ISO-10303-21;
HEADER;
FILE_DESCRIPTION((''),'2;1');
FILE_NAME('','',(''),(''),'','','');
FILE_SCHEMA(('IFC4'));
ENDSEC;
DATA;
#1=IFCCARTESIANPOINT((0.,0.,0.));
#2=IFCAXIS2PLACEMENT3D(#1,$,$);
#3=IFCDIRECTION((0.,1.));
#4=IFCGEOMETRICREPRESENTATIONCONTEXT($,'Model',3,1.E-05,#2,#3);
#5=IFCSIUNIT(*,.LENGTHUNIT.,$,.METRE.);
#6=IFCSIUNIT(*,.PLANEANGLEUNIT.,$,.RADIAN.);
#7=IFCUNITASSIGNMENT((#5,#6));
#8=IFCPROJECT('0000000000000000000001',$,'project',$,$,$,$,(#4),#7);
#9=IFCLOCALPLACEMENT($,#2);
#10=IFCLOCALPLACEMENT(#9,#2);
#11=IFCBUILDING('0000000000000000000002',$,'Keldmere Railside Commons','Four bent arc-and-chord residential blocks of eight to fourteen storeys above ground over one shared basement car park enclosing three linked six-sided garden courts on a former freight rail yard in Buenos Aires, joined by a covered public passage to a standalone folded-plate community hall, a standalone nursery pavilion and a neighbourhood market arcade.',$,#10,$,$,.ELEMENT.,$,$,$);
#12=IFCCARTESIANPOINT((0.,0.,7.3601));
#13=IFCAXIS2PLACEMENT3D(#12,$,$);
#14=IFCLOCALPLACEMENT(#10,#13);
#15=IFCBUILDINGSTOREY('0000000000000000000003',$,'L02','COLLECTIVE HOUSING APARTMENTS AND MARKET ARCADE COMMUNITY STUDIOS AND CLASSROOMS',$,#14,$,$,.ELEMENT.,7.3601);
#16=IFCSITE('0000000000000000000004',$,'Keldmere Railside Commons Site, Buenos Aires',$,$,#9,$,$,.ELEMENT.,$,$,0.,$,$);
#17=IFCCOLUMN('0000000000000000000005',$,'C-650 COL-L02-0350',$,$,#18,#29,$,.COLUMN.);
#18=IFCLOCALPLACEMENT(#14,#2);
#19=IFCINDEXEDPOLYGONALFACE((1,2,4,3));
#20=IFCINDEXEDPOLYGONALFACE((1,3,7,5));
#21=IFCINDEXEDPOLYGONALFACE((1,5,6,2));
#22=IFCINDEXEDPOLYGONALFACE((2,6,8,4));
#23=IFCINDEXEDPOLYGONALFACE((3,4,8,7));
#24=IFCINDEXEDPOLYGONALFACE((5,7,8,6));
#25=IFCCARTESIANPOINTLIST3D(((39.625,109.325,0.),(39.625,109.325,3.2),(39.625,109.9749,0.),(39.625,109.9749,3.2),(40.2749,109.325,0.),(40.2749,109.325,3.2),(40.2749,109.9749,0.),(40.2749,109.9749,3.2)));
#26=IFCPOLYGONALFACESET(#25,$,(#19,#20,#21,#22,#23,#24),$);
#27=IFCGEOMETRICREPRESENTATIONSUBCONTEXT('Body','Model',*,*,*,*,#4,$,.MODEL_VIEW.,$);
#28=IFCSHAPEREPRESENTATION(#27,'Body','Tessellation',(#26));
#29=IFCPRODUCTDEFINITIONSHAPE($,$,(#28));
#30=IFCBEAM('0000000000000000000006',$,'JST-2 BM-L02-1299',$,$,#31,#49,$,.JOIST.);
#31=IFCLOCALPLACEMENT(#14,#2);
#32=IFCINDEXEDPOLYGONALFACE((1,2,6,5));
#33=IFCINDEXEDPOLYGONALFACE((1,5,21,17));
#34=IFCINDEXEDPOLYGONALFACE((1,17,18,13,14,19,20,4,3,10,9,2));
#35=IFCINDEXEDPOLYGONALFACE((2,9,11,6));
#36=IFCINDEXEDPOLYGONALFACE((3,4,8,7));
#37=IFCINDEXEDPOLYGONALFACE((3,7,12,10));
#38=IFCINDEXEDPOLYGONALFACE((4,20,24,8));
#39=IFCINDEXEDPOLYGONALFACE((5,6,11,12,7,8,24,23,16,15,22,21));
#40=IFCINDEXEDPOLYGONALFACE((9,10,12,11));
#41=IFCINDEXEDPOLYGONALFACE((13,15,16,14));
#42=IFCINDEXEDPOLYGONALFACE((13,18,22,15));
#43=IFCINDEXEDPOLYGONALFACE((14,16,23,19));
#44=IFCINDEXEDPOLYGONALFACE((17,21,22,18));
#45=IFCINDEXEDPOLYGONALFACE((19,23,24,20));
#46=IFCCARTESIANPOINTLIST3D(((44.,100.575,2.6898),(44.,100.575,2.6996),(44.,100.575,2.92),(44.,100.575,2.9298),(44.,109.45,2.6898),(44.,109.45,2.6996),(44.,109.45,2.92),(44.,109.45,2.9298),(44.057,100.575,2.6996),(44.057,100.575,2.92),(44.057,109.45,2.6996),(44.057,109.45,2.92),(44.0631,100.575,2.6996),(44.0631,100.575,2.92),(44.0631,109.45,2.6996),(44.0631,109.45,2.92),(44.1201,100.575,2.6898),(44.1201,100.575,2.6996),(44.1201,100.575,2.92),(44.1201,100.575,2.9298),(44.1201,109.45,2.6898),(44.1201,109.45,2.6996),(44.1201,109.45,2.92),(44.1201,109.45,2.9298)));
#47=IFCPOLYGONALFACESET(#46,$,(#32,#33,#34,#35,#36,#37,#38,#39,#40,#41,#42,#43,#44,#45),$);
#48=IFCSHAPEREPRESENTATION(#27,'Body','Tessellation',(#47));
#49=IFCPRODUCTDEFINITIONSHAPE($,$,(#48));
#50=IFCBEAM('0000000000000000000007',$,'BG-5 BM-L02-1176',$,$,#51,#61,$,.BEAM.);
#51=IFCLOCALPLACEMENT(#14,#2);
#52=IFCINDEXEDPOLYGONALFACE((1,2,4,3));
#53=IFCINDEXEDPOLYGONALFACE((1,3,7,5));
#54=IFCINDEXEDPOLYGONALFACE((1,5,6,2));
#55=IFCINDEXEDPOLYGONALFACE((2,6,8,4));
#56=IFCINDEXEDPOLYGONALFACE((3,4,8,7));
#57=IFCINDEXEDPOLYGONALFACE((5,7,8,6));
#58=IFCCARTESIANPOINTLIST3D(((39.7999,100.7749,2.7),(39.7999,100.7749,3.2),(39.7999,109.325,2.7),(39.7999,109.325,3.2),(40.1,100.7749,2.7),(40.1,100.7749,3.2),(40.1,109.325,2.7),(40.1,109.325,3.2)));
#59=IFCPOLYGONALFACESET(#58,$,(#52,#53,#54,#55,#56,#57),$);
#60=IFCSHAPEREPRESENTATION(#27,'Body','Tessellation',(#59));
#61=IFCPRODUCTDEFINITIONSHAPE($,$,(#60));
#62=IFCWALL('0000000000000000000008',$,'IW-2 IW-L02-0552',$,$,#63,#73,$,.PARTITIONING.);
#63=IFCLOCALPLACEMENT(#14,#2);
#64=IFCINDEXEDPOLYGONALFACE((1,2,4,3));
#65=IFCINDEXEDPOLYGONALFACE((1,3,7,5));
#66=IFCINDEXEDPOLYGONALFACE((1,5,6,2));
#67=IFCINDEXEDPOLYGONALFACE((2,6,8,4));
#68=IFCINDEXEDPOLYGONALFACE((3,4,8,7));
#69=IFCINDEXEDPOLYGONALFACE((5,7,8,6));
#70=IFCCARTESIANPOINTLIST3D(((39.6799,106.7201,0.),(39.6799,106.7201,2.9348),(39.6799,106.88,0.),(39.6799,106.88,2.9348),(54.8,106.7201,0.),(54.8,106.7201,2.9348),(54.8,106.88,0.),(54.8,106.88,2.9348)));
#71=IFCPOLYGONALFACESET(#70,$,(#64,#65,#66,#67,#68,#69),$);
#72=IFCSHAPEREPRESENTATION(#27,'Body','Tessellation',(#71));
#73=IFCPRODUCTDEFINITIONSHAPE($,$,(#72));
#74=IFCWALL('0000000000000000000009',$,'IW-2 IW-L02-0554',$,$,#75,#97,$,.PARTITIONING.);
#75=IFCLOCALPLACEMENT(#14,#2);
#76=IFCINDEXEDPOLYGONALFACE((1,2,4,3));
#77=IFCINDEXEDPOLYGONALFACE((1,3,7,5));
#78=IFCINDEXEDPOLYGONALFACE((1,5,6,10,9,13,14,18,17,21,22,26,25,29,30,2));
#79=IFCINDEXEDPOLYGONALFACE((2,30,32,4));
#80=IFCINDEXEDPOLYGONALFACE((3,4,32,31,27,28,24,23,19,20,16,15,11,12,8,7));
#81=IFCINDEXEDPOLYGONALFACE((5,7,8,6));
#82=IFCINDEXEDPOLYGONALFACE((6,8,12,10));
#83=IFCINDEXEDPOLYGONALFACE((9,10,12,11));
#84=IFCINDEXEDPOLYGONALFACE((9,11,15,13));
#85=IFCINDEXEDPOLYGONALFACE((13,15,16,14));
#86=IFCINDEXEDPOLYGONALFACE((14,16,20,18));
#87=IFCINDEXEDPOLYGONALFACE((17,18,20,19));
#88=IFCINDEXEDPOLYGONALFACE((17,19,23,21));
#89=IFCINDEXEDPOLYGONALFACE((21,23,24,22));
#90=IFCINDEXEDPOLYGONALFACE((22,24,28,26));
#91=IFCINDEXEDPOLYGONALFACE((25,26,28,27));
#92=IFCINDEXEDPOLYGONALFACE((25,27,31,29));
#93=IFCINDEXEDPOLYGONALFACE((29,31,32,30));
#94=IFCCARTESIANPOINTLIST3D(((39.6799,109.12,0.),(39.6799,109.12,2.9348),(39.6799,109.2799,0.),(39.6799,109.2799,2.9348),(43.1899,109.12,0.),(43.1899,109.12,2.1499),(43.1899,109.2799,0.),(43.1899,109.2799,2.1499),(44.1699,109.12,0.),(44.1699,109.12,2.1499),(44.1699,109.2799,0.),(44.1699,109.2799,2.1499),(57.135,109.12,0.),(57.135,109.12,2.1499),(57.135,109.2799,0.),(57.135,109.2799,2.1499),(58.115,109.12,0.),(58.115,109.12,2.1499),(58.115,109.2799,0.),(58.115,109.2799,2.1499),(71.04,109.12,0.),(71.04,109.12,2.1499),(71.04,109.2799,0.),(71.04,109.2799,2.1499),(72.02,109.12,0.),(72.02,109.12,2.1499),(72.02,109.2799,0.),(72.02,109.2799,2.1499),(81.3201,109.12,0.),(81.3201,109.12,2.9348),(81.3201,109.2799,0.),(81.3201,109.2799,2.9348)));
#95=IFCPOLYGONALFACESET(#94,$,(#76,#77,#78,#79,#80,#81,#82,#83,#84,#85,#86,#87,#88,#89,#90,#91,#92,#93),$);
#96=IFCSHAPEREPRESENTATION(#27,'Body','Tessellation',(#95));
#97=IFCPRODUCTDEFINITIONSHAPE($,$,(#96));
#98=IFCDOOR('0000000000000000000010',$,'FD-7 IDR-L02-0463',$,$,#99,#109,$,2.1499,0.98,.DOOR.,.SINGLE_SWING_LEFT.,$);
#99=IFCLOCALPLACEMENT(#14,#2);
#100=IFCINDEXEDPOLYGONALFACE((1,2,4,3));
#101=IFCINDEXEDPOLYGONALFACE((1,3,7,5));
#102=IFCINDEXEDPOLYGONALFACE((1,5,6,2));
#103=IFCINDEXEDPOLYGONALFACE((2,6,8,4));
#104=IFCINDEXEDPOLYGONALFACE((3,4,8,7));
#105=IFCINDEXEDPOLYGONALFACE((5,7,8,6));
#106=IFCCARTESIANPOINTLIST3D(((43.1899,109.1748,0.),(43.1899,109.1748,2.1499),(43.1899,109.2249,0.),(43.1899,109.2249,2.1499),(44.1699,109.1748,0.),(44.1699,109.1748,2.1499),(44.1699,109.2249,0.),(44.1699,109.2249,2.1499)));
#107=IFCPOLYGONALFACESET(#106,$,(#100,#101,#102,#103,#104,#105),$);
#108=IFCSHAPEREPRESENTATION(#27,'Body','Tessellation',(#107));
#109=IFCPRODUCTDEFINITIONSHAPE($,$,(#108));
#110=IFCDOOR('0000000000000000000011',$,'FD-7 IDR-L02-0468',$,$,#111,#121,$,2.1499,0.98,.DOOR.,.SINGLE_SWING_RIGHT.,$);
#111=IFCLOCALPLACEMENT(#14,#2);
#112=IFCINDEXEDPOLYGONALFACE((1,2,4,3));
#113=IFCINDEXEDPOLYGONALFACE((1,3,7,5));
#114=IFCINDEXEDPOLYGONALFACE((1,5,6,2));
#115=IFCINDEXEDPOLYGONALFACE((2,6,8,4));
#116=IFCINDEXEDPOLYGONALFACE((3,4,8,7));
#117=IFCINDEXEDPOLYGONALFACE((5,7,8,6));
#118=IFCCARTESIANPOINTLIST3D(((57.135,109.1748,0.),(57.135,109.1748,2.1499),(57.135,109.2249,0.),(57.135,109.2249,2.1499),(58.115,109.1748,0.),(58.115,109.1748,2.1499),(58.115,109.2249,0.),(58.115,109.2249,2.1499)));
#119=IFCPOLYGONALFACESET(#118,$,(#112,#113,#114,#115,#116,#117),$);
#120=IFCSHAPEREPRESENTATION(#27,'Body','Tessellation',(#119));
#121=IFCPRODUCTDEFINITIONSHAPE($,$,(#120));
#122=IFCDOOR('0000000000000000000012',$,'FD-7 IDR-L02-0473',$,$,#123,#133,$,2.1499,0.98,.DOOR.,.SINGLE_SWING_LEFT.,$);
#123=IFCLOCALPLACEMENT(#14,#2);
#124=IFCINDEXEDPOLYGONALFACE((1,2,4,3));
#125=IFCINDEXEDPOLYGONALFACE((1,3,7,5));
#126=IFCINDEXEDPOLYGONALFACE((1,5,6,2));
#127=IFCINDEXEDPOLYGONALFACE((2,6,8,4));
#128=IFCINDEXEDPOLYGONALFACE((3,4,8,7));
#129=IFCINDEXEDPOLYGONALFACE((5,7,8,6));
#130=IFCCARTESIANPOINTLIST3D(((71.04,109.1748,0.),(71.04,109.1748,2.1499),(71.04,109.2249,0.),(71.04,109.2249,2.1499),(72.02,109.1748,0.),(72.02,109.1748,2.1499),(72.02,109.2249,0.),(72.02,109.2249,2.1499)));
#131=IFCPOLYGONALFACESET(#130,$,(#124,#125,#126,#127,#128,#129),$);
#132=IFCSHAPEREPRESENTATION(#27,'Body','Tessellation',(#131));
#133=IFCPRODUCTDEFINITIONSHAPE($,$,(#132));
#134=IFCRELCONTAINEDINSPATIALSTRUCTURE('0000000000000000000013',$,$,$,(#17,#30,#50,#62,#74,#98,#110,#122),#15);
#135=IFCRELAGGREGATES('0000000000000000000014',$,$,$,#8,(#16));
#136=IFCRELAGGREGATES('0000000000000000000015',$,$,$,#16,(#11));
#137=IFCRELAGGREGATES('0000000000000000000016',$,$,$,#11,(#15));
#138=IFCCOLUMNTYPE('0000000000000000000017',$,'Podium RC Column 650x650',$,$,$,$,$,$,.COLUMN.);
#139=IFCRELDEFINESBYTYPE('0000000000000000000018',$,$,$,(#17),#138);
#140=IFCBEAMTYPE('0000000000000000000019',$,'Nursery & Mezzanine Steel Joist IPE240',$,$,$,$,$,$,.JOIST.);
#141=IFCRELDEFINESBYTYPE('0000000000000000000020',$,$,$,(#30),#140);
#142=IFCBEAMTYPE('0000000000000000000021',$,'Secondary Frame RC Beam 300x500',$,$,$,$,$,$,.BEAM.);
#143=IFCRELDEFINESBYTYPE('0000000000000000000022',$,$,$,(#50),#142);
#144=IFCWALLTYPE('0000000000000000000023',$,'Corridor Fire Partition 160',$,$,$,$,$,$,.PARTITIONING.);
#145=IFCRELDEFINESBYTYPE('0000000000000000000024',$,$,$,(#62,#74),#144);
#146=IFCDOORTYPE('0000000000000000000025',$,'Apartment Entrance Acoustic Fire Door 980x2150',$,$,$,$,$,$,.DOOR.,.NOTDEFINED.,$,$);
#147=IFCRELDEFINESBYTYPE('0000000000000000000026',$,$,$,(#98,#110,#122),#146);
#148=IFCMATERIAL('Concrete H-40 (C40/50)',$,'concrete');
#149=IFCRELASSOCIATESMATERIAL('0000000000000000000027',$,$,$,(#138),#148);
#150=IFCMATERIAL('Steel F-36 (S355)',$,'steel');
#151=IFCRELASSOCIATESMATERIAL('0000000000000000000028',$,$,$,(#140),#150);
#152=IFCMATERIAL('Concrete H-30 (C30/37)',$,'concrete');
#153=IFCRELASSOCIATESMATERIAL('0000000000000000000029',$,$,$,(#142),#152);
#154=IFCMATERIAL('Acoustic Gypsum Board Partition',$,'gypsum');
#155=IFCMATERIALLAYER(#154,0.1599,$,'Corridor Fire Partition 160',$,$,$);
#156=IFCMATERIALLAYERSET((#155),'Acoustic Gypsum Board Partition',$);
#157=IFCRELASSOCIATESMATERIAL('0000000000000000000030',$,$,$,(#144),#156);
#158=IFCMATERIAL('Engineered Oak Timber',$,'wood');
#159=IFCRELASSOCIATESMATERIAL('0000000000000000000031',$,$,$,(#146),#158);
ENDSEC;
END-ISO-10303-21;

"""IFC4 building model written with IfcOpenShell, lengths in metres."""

from ifc_helpers import new_model, si_unit, direction, frame, frame_2d, origin, origin_2d, place, context, subcontext, project, spatial, rectangle, i_section, extrude, material, layer, layer_set, material_profile, profile_set, type_object, element, fill, save


model = new_model("IFC4")

# Units and contexts
model_context = context("Model", 3, precision=1e-05, world=origin(), true_north=direction((0.0, 1.0)))
body_context = subcontext(model_context, "Body", "Model", "MODEL_VIEW")
ifc_project = project(units=[si_unit("LENGTHUNIT", "METRE"), si_unit("PLANEANGLEUNIT", "RADIAN")], contexts=[model_context])

# Site, building, storey
site_placement = place(None, origin())
site = spatial("IfcSite", under=ifc_project, at=site_placement, Name="Keldmere Railside Commons Site, Buenos Aires", CompositionType="ELEMENT", RefElevation=0.0)
building_placement = place(site_placement, origin())
building = spatial("IfcBuilding", under=site, at=building_placement, Name="Keldmere Railside Commons", Description="Four bent arc-and-chord residential blocks of eight to fourteen storeys above ground over one shared basement car park enclosing three linked six-sided garden courts on a former freight rail yard in Buenos Aires, joined by a covered public passage to a standalone folded-plate community hall, a standalone nursery pavilion and a neighbourhood market arcade.", CompositionType="ELEMENT")
storey_placement = place(building_placement, frame((0.0, 0.0, 7.3601)))
storey = spatial("IfcBuildingStorey", under=building, at=storey_placement, Name="L02", Description="COLLECTIVE HOUSING APARTMENTS AND MARKET ARCADE COMMUNITY STUDIOS AND CLASSROOMS", CompositionType="ELEMENT", Elevation=7.3601)

# Column
ifc_material_1 = material(Name="Concrete H-40 (C40/50)", Category="concrete")
ifc_material_profile_1 = material_profile(ifc_material_1, rectangle(XDim=0.6499, YDim=0.6499, at=origin_2d()), Name="RC-650x650")
ifc_profile_set_1 = profile_set([ifc_material_profile_1], Name="Concrete H-40 (C40/50)")
column_type = type_object("IfcColumnType", Name="Podium RC Column 650x650", PredefinedType="COLUMN", material=ifc_profile_set_1)
column_placement = place(storey_placement, frame((39.95, 109.6499, 0.0), z_axis=(0.0, 0.0, 1.0), x_axis=(1.0, 0.0, 0.0)))
element("IfcColumn", 1, at=column_placement, inside=storey, type_object=column_type, Name="C-650 COL-L02-0350", PredefinedType="COLUMN", context=body_context, shape_type="SweptSolid", body=[
    extrude(rectangle(XDim=0.6499, YDim=0.6499, at=origin_2d()), origin(), (0.0, 0.0, 1.0), 3.2),
])

# Beams
ifc_material_2 = material(Name="Steel F-36 (S355)", Category="steel")
ifc_material_profile_2 = material_profile(ifc_material_2, i_section(OverallWidth=0.1201, OverallDepth=0.24, WebThickness=0.0061, FlangeThickness=0.0098, at=origin_2d()), Name="IPE-240")
ifc_profile_set_2 = profile_set([ifc_material_profile_2], Name="Steel F-36 (S355)")
beam_type_1 = type_object("IfcBeamType", Name="Nursery & Mezzanine Steel Joist IPE240", PredefinedType="JOIST", material=ifc_profile_set_2)
beam_1_placement = place(storey_placement, frame((44.0601, 100.575, 2.8098), z_axis=(0.0, 1.0, 0.0), x_axis=(-1.0, 0.0, 0.0)))
element("IfcBeam", 2, at=beam_1_placement, inside=storey, type_object=beam_type_1, Name="JST-2 BM-L02-1299", PredefinedType="JOIST", context=body_context, shape_type="SweptSolid", body=[
    extrude(i_section(OverallWidth=0.1201, OverallDepth=0.24, WebThickness=0.0061, FlangeThickness=0.0098, at=origin_2d()), origin(), (0.0, 0.0, 1.0), 8.875),
])
ifc_material_3 = material(Name="Concrete H-30 (C30/37)", Category="concrete")
ifc_material_profile_3 = material_profile(ifc_material_3, rectangle(XDim=0.3, YDim=0.5, at=origin_2d()), Name="RC-300x500")
ifc_profile_set_3 = profile_set([ifc_material_profile_3], Name="Concrete H-30 (C30/37)")
beam_type_2 = type_object("IfcBeamType", Name="Secondary Frame RC Beam 300x500", PredefinedType="BEAM", material=ifc_profile_set_3)
beam_2_placement = place(storey_placement, frame((39.95, 100.7749, 2.95), z_axis=(0.0, 1.0, 0.0), x_axis=(-1.0, 0.0, 0.0)))
element("IfcBeam", 3, at=beam_2_placement, inside=storey, type_object=beam_type_2, Name="BG-5 BM-L02-1176", PredefinedType="BEAM", context=body_context, shape_type="SweptSolid", body=[
    extrude(rectangle(XDim=0.3, YDim=0.5, at=origin_2d()), origin(), (0.0, 0.0, 1.0), 8.55),
])

# Wall
ifc_material_4 = material(Name="Acoustic Gypsum Board Partition", Category="gypsum")
ifc_layer_1 = layer(ifc_material_4, 0.1599, Name="Corridor Fire Partition 160")
ifc_layer_set_1 = layer_set([ifc_layer_1], Name="Acoustic Gypsum Board Partition")
wall_type = type_object("IfcWallType", Name="Corridor Fire Partition 160", PredefinedType="PARTITIONING", material=ifc_layer_set_1)
wall_1_placement = place(storey_placement, frame((39.6799, 106.8, 0.0), z_axis=(0.0, 0.0, 1.0), x_axis=(1.0, 0.0, 0.0)))
element("IfcWall", 4, at=wall_1_placement, inside=storey, type_object=wall_type, Name="IW-2 IW-L02-0552", PredefinedType="PARTITIONING", context=body_context, shape_type="SweptSolid", body=[
    extrude(rectangle(XDim=15.1201, YDim=0.1599, at=frame_2d((7.5601, 0.0))), origin(), (0.0, 0.0, 1.0), 2.9348),
])

# Wall, openings, doors
wall_2_placement = place(storey_placement, frame((39.6799, 109.2, 0.0), z_axis=(0.0, 0.0, 1.0), x_axis=(1.0, 0.0, 0.0)))
wall_2 = element("IfcWall", 5, at=wall_2_placement, inside=storey, type_object=wall_type, Name="IW-2 IW-L02-0554", PredefinedType="PARTITIONING", context=body_context, shape_type="SweptSolid", body=[
    extrude(rectangle(XDim=41.6401, YDim=0.1599, at=frame_2d((20.8201, 0.0))), origin(), (0.0, 0.0, 1.0), 2.9348),
])
opening_1_placement = place(wall_2_placement, frame((3.51, 0.0, 0.0)))
opening_1 = element("IfcOpeningElement", 6, at=opening_1_placement, cuts=wall_2, PredefinedType="OPENING", context=body_context, shape_type="SweptSolid", body=[
    extrude(rectangle(XDim=0.98, YDim=2.1499, at=frame_2d((0.49, 1.075))), frame((0.0, 0.0898, 0.0), z_axis=(0.0, -1.0, 0.0), x_axis=(1.0, 0.0, 0.0)), (0.0, 0.0, 1.0), 0.1799),
])
opening_2_placement = place(wall_2_placement, frame((17.4551, 0.0, 0.0)))
opening_2 = element("IfcOpeningElement", 7, at=opening_2_placement, cuts=wall_2, PredefinedType="OPENING", context=body_context, shape_type="SweptSolid", body=[
    extrude(rectangle(XDim=0.98, YDim=2.1499, at=frame_2d((0.49, 1.075))), frame((0.0, 0.0898, 0.0), z_axis=(0.0, -1.0, 0.0), x_axis=(1.0, 0.0, 0.0)), (0.0, 0.0, 1.0), 0.1799),
])
opening_3_placement = place(wall_2_placement, frame((31.3601, 0.0, 0.0)))
opening_3 = element("IfcOpeningElement", 8, at=opening_3_placement, cuts=wall_2, PredefinedType="OPENING", context=body_context, shape_type="SweptSolid", body=[
    extrude(rectangle(XDim=0.98, YDim=2.1499, at=frame_2d((0.49, 1.075))), frame((0.0, 0.0898, 0.0), z_axis=(0.0, -1.0, 0.0), x_axis=(1.0, 0.0, 0.0)), (0.0, 0.0, 1.0), 0.1799),
])
ifc_material_5 = material(Name="Engineered Oak Timber", Category="wood")
door_type = type_object("IfcDoorType", Name="Apartment Entrance Acoustic Fire Door 980x2150", OperationType="NOTDEFINED", PredefinedType="DOOR", material=ifc_material_5)
door_1_placement = place(opening_1_placement, origin())
door_1 = element("IfcDoor", 9, at=door_1_placement, inside=storey, type_object=door_type, Name="FD-7 IDR-L02-0463", OperationType="SINGLE_SWING_LEFT", OverallHeight=2.1499, OverallWidth=0.98, PredefinedType="DOOR", context=body_context, shape_type="SweptSolid", body=[
    extrude(rectangle(XDim=0.98, YDim=2.1499, at=frame_2d((0.49, 1.075))), frame((0.0, 0.0249, 0.0), z_axis=(0.0, -1.0, 0.0), x_axis=(1.0, 0.0, 0.0)), (0.0, 0.0, 1.0), 0.05),
])
fill(opening_1, door_1)
door_2_placement = place(opening_2_placement, origin())
door_2 = element("IfcDoor", 10, at=door_2_placement, inside=storey, type_object=door_type, Name="FD-7 IDR-L02-0468", OperationType="SINGLE_SWING_RIGHT", OverallHeight=2.1499, OverallWidth=0.98, PredefinedType="DOOR", context=body_context, shape_type="SweptSolid", body=[
    extrude(rectangle(XDim=0.98, YDim=2.1499, at=frame_2d((0.49, 1.075))), frame((0.0, 0.0249, 0.0), z_axis=(0.0, -1.0, 0.0), x_axis=(1.0, 0.0, 0.0)), (0.0, 0.0, 1.0), 0.05),
])
fill(opening_2, door_2)
door_3_placement = place(opening_3_placement, origin())
door_3 = element("IfcDoor", 11, at=door_3_placement, inside=storey, type_object=door_type, Name="FD-7 IDR-L02-0473", OperationType="SINGLE_SWING_LEFT", OverallHeight=2.1499, OverallWidth=0.98, PredefinedType="DOOR", context=body_context, shape_type="SweptSolid", body=[
    extrude(rectangle(XDim=0.98, YDim=2.1499, at=frame_2d((0.49, 1.075))), frame((0.0, 0.0249, 0.0), z_axis=(0.0, -1.0, 0.0), x_axis=(1.0, 0.0, 0.0)), (0.0, 0.0, 1.0), 0.05),
])
fill(opening_3, door_3)

save(model, "model.ifc")
